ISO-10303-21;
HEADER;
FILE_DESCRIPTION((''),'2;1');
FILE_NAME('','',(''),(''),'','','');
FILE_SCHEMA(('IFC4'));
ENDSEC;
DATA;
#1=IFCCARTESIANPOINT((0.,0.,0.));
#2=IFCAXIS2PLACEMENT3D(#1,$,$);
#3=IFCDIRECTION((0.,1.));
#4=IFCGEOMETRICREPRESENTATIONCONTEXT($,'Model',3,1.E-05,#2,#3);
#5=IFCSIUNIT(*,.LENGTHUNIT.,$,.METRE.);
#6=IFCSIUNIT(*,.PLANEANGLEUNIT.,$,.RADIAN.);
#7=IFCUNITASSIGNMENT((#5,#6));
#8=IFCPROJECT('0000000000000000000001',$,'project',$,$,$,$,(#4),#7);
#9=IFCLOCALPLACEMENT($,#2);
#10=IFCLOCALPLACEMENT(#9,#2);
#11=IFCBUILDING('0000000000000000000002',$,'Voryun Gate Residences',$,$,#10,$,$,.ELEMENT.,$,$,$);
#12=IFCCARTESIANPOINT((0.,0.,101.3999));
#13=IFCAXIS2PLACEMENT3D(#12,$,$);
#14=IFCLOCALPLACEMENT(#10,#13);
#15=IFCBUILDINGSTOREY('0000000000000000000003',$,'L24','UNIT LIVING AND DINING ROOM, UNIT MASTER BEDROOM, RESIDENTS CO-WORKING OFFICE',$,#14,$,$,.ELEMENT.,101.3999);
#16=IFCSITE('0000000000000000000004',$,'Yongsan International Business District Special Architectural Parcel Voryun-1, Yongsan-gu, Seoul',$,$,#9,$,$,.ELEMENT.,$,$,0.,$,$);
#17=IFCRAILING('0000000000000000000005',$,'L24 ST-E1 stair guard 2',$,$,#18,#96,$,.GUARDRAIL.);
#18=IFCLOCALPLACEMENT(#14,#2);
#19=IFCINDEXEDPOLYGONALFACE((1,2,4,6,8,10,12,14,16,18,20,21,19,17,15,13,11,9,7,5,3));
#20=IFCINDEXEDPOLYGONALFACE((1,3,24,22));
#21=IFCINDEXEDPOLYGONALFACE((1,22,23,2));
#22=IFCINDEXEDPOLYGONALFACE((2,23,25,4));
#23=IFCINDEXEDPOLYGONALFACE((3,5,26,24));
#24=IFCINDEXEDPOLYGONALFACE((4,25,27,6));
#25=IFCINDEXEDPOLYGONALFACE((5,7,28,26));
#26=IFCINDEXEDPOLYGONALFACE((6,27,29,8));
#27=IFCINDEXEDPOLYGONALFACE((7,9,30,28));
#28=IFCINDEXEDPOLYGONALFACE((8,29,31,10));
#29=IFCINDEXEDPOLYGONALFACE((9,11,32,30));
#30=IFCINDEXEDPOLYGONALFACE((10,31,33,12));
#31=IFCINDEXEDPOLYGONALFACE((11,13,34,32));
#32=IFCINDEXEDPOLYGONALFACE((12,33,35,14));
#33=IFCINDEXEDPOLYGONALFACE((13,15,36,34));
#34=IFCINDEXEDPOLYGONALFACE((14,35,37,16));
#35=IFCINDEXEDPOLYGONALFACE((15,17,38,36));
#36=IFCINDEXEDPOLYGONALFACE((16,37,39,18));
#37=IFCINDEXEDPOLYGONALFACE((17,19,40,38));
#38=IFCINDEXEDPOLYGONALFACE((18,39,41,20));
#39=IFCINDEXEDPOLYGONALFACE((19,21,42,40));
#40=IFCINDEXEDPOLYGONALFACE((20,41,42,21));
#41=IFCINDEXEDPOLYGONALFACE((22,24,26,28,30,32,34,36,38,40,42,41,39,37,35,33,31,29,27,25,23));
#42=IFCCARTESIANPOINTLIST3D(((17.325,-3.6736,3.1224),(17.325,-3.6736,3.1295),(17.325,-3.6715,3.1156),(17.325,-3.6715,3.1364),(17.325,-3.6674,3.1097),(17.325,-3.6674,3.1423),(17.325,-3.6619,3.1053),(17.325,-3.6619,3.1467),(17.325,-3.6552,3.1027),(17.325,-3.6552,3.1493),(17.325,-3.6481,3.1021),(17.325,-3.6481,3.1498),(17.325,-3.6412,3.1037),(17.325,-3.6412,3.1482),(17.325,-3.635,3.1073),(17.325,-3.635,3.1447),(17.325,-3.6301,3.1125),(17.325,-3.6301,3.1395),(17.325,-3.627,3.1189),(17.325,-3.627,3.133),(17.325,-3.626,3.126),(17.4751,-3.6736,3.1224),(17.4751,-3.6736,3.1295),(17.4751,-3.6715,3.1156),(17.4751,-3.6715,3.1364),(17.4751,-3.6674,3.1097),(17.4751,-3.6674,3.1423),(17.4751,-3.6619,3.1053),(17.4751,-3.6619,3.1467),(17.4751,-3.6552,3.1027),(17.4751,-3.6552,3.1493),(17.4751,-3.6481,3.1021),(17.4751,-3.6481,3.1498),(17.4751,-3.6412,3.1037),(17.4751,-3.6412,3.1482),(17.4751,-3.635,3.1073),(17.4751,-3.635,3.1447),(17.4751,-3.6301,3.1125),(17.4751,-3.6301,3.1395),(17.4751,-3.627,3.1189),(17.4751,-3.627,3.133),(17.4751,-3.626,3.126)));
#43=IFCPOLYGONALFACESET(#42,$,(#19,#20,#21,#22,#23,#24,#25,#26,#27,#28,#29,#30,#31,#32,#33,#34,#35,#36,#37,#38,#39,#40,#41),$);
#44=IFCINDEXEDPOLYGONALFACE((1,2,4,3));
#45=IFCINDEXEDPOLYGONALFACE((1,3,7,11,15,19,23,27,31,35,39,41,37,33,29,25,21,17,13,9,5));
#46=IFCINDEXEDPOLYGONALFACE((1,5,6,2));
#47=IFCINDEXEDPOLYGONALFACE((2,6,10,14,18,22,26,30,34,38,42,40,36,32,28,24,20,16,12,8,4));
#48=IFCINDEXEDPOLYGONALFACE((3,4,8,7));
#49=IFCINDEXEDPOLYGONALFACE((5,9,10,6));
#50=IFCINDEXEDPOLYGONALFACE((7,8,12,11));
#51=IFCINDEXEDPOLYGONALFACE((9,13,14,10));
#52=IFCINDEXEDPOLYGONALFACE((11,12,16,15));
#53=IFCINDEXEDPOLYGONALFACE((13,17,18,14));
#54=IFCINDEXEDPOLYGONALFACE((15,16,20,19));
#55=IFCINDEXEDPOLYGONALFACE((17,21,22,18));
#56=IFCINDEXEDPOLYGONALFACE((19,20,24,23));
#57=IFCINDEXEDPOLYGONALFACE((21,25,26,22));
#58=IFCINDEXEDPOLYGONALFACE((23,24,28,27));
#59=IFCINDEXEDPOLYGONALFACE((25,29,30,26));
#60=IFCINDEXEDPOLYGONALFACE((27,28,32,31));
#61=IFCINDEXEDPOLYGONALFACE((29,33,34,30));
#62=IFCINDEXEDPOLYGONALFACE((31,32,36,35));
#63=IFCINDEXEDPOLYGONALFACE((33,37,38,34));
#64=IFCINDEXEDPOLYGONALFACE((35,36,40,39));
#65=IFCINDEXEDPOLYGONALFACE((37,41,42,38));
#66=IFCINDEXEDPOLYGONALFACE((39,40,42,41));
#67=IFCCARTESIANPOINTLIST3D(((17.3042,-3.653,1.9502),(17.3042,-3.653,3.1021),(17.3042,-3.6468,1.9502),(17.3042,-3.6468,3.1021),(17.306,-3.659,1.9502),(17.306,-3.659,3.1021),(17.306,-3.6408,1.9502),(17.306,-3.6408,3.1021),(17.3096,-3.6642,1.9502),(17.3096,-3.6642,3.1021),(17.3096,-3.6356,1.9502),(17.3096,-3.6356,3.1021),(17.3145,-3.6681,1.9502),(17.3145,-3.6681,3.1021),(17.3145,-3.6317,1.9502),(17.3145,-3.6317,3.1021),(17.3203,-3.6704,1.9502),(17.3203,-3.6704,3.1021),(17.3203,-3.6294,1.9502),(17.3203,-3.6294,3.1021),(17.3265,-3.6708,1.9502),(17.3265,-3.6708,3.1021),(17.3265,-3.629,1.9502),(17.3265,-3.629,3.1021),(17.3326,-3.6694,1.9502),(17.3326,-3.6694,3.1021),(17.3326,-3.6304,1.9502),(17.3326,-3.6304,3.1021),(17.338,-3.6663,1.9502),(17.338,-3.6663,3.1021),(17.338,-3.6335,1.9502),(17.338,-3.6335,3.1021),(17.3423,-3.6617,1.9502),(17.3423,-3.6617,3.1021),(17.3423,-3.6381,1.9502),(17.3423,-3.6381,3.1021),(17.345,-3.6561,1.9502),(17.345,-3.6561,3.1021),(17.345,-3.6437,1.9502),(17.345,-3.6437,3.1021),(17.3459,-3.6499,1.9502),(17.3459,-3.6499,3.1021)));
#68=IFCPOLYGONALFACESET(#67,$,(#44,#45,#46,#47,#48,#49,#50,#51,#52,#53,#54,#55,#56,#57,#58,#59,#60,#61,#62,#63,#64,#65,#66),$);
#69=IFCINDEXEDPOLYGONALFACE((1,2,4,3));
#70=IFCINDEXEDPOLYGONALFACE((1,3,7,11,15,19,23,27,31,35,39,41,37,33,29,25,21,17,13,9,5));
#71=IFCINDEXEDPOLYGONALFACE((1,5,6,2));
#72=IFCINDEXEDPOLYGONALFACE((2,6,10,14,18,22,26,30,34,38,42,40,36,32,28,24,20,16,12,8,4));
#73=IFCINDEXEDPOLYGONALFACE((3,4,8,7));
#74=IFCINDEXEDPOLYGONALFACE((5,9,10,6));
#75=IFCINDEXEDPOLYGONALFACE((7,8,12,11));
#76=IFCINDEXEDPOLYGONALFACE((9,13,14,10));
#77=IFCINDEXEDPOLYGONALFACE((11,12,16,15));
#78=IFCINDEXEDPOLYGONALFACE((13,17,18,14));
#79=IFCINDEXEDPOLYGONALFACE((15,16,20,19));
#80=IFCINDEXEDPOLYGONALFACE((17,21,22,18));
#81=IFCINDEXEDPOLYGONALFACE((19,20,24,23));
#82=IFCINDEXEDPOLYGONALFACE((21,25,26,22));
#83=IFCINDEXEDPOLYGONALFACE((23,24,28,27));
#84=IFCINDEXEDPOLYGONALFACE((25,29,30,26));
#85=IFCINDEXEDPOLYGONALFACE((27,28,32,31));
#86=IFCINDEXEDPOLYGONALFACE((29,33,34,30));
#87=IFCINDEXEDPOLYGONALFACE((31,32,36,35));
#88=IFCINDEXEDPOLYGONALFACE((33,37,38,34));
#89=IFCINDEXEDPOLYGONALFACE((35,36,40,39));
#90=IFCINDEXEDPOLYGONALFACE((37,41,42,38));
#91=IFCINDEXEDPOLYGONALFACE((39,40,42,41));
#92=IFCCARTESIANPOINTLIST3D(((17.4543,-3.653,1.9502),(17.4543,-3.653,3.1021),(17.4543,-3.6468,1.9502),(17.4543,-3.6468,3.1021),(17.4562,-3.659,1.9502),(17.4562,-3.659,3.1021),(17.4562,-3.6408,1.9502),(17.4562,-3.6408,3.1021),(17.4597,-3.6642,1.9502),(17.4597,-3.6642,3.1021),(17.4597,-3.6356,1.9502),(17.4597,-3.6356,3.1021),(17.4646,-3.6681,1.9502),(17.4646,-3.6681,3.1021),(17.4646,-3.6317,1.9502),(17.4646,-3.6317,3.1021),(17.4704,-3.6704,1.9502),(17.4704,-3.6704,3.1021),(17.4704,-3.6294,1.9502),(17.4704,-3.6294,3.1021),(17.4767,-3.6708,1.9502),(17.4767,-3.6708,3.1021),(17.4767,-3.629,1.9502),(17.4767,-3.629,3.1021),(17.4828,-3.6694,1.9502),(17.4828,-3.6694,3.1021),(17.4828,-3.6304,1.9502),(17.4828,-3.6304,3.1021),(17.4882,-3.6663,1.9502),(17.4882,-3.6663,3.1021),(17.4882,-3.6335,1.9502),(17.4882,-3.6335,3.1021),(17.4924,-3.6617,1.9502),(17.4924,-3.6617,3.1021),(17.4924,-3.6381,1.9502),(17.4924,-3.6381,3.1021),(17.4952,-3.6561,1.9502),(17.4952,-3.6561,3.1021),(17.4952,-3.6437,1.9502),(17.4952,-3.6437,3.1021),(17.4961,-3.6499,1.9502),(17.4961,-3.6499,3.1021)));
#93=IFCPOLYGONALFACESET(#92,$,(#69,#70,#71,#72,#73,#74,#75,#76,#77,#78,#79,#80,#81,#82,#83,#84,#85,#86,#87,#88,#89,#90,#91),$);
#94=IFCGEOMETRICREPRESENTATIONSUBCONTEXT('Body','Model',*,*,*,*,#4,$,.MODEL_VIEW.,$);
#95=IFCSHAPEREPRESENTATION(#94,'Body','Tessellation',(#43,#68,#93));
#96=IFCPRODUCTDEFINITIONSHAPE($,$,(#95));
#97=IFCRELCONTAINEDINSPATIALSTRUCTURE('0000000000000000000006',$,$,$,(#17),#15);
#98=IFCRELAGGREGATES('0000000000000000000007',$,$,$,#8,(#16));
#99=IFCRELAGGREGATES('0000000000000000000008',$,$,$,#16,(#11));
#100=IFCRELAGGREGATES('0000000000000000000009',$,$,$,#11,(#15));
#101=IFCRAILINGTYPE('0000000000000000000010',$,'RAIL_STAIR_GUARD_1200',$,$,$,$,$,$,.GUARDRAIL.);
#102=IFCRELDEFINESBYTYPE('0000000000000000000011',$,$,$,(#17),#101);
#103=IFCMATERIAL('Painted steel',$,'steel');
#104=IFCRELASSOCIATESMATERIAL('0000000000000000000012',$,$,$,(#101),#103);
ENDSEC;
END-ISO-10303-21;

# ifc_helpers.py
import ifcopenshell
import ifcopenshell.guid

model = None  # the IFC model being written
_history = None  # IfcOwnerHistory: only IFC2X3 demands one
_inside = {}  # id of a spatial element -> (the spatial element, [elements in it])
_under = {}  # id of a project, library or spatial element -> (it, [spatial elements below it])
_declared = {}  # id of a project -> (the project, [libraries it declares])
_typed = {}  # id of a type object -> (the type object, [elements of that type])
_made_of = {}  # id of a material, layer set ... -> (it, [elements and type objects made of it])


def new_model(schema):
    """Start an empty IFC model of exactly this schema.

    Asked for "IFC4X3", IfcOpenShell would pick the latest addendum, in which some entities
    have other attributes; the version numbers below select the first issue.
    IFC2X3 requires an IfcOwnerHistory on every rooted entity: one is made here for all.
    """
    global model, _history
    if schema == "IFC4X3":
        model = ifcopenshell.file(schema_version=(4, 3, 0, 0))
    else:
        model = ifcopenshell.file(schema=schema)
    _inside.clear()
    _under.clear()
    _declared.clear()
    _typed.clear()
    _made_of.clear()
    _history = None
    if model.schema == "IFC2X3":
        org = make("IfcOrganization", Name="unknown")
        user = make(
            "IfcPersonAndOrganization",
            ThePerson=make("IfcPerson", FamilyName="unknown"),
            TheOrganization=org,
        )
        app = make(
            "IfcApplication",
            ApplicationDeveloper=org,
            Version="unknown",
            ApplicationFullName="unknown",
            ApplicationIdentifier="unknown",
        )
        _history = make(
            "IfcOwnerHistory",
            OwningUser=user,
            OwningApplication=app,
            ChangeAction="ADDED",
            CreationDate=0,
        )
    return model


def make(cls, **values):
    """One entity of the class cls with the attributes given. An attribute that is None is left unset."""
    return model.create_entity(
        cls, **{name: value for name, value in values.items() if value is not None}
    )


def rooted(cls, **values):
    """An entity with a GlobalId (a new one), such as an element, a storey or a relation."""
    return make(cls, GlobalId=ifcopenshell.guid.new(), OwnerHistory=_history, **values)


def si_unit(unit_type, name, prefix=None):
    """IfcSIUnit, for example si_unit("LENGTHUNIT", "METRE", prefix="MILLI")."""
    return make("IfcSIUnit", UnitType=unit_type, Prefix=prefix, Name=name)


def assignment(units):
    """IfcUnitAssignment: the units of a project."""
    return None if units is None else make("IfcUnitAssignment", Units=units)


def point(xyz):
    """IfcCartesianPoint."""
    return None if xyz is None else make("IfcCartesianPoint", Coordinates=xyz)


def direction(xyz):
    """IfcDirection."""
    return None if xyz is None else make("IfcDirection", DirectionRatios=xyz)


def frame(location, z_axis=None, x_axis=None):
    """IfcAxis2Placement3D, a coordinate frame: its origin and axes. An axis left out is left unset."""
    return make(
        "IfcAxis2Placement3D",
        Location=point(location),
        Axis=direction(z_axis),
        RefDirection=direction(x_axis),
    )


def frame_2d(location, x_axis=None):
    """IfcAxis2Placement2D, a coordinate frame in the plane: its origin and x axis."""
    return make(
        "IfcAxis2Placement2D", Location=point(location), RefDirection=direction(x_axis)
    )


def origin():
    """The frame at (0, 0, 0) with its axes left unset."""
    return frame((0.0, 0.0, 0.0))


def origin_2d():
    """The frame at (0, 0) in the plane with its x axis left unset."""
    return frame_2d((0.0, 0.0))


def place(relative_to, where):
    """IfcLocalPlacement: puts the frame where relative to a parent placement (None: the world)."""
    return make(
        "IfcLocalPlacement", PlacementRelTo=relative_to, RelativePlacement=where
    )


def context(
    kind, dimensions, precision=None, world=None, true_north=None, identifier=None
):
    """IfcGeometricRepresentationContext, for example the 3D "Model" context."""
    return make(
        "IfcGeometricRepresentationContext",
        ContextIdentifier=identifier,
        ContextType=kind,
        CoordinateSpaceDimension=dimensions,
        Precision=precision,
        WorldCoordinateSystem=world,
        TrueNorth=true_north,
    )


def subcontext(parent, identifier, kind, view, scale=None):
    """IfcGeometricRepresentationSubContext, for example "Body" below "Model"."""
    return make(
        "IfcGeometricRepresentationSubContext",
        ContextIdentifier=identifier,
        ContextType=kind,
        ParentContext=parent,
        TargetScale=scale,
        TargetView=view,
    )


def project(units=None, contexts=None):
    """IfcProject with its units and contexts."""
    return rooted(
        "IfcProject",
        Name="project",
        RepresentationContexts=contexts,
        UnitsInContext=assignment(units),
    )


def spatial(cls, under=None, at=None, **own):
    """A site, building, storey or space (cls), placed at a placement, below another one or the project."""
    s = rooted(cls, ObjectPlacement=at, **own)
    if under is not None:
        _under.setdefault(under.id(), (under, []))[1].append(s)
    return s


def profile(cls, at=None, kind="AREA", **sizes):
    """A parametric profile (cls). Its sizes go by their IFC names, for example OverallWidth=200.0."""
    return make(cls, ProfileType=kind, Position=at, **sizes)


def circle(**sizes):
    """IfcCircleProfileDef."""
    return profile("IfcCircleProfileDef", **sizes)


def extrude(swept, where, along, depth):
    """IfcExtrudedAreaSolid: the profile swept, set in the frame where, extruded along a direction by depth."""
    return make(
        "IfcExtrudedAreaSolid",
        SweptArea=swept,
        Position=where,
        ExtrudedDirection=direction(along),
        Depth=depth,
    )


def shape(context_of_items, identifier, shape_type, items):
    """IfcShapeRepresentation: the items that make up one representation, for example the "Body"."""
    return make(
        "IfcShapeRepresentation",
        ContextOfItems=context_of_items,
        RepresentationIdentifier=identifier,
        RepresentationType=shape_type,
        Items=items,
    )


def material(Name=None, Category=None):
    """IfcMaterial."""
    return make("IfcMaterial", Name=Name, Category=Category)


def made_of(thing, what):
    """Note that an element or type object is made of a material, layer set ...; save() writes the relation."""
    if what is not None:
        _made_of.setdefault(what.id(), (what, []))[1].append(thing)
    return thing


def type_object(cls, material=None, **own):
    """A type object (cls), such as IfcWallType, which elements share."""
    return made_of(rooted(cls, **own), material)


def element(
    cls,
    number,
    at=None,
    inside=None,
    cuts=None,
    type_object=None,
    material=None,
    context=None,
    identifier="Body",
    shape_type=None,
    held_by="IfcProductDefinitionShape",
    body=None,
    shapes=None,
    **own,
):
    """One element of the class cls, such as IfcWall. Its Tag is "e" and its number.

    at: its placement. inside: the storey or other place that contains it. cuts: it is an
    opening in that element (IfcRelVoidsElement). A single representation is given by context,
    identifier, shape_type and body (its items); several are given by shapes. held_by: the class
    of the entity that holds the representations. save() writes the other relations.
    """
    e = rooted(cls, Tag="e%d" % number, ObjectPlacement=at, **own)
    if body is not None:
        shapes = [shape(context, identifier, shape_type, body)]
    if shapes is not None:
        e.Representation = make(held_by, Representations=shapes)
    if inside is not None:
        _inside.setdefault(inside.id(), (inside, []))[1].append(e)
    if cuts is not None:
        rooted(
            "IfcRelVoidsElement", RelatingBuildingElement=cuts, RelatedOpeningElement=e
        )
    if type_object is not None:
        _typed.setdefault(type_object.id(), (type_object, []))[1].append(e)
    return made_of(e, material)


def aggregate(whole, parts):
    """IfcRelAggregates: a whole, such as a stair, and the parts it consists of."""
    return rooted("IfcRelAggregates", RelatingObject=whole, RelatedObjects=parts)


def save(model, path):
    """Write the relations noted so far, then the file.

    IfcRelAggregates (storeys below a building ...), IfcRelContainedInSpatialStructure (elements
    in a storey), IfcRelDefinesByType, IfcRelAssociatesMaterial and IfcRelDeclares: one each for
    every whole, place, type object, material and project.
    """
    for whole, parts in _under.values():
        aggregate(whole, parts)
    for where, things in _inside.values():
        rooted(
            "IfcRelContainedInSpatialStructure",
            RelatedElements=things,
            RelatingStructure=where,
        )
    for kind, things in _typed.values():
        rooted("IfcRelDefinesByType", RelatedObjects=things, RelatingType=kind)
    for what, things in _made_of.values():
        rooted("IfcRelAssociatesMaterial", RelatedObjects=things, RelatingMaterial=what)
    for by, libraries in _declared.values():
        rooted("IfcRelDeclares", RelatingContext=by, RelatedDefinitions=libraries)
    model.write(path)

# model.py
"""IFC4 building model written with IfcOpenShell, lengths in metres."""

from ifc_helpers import new_model, si_unit, direction, frame, origin, origin_2d, place, context, subcontext, project, spatial, circle, extrude, material, type_object, element, save


model = new_model("IFC4")

# Units and contexts
model_context = context("Model", 3, precision=1e-05, world=origin(), true_north=direction((0.0, 1.0)))
body_context = subcontext(model_context, "Body", "Model", "MODEL_VIEW")
ifc_project = project(units=[si_unit("LENGTHUNIT", "METRE"), si_unit("PLANEANGLEUNIT", "RADIAN")], contexts=[model_context])

# Site, building, storey
site_placement = place(None, origin())
site = spatial("IfcSite", under=ifc_project, at=site_placement, Name="Yongsan International Business District Special Architectural Parcel Voryun-1, Yongsan-gu, Seoul", CompositionType="ELEMENT", RefElevation=0.0)
building_placement = place(site_placement, origin())
building = spatial("IfcBuilding", under=site, at=building_placement, Name="Voryun Gate Residences", CompositionType="ELEMENT")
storey_placement = place(building_placement, frame((0.0, 0.0, 101.3999)))
storey = spatial("IfcBuildingStorey", under=building, at=storey_placement, Name="L24", Description="UNIT LIVING AND DINING ROOM, UNIT MASTER BEDROOM, RESIDENTS CO-WORKING OFFICE", CompositionType="ELEMENT", Elevation=101.3999)

# Railing
ifc_material_1 = material(Name="Painted steel", Category="steel")
railing_type_1 = type_object("IfcRailingType", Name="RAIL_STAIR_GUARD_1200", PredefinedType="GUARDRAIL", material=ifc_material_1)
railing_1_placement = place(storey_placement, frame((17.325, -3.6499, 1.9502)))
element("IfcRailing", 1, at=railing_1_placement, inside=storey, type_object=railing_type_1, Name="L24 ST-E1 stair guard 2", PredefinedType="GUARDRAIL", context=body_context, shape_type="SweptSolid", body=[
    extrude(circle(Radius=0.0239, at=origin_2d()), frame((0.0, 0.0, 1.1758), z_axis=(1.0, 0.0, 0.0), x_axis=(0.0, 1.0, 0.0)), (0.0, 0.0, 1.0), 0.1501),
    extrude(circle(Radius=0.021, at=origin_2d()), origin(), (0.0, 0.0, 1.0), 1.1519),
    extrude(circle(Radius=0.021, at=origin_2d()), frame((0.1501, 0.0, 0.0)), (0.0, 0.0, 1.0), 1.1519),
])

save(model, "model.ifc")
